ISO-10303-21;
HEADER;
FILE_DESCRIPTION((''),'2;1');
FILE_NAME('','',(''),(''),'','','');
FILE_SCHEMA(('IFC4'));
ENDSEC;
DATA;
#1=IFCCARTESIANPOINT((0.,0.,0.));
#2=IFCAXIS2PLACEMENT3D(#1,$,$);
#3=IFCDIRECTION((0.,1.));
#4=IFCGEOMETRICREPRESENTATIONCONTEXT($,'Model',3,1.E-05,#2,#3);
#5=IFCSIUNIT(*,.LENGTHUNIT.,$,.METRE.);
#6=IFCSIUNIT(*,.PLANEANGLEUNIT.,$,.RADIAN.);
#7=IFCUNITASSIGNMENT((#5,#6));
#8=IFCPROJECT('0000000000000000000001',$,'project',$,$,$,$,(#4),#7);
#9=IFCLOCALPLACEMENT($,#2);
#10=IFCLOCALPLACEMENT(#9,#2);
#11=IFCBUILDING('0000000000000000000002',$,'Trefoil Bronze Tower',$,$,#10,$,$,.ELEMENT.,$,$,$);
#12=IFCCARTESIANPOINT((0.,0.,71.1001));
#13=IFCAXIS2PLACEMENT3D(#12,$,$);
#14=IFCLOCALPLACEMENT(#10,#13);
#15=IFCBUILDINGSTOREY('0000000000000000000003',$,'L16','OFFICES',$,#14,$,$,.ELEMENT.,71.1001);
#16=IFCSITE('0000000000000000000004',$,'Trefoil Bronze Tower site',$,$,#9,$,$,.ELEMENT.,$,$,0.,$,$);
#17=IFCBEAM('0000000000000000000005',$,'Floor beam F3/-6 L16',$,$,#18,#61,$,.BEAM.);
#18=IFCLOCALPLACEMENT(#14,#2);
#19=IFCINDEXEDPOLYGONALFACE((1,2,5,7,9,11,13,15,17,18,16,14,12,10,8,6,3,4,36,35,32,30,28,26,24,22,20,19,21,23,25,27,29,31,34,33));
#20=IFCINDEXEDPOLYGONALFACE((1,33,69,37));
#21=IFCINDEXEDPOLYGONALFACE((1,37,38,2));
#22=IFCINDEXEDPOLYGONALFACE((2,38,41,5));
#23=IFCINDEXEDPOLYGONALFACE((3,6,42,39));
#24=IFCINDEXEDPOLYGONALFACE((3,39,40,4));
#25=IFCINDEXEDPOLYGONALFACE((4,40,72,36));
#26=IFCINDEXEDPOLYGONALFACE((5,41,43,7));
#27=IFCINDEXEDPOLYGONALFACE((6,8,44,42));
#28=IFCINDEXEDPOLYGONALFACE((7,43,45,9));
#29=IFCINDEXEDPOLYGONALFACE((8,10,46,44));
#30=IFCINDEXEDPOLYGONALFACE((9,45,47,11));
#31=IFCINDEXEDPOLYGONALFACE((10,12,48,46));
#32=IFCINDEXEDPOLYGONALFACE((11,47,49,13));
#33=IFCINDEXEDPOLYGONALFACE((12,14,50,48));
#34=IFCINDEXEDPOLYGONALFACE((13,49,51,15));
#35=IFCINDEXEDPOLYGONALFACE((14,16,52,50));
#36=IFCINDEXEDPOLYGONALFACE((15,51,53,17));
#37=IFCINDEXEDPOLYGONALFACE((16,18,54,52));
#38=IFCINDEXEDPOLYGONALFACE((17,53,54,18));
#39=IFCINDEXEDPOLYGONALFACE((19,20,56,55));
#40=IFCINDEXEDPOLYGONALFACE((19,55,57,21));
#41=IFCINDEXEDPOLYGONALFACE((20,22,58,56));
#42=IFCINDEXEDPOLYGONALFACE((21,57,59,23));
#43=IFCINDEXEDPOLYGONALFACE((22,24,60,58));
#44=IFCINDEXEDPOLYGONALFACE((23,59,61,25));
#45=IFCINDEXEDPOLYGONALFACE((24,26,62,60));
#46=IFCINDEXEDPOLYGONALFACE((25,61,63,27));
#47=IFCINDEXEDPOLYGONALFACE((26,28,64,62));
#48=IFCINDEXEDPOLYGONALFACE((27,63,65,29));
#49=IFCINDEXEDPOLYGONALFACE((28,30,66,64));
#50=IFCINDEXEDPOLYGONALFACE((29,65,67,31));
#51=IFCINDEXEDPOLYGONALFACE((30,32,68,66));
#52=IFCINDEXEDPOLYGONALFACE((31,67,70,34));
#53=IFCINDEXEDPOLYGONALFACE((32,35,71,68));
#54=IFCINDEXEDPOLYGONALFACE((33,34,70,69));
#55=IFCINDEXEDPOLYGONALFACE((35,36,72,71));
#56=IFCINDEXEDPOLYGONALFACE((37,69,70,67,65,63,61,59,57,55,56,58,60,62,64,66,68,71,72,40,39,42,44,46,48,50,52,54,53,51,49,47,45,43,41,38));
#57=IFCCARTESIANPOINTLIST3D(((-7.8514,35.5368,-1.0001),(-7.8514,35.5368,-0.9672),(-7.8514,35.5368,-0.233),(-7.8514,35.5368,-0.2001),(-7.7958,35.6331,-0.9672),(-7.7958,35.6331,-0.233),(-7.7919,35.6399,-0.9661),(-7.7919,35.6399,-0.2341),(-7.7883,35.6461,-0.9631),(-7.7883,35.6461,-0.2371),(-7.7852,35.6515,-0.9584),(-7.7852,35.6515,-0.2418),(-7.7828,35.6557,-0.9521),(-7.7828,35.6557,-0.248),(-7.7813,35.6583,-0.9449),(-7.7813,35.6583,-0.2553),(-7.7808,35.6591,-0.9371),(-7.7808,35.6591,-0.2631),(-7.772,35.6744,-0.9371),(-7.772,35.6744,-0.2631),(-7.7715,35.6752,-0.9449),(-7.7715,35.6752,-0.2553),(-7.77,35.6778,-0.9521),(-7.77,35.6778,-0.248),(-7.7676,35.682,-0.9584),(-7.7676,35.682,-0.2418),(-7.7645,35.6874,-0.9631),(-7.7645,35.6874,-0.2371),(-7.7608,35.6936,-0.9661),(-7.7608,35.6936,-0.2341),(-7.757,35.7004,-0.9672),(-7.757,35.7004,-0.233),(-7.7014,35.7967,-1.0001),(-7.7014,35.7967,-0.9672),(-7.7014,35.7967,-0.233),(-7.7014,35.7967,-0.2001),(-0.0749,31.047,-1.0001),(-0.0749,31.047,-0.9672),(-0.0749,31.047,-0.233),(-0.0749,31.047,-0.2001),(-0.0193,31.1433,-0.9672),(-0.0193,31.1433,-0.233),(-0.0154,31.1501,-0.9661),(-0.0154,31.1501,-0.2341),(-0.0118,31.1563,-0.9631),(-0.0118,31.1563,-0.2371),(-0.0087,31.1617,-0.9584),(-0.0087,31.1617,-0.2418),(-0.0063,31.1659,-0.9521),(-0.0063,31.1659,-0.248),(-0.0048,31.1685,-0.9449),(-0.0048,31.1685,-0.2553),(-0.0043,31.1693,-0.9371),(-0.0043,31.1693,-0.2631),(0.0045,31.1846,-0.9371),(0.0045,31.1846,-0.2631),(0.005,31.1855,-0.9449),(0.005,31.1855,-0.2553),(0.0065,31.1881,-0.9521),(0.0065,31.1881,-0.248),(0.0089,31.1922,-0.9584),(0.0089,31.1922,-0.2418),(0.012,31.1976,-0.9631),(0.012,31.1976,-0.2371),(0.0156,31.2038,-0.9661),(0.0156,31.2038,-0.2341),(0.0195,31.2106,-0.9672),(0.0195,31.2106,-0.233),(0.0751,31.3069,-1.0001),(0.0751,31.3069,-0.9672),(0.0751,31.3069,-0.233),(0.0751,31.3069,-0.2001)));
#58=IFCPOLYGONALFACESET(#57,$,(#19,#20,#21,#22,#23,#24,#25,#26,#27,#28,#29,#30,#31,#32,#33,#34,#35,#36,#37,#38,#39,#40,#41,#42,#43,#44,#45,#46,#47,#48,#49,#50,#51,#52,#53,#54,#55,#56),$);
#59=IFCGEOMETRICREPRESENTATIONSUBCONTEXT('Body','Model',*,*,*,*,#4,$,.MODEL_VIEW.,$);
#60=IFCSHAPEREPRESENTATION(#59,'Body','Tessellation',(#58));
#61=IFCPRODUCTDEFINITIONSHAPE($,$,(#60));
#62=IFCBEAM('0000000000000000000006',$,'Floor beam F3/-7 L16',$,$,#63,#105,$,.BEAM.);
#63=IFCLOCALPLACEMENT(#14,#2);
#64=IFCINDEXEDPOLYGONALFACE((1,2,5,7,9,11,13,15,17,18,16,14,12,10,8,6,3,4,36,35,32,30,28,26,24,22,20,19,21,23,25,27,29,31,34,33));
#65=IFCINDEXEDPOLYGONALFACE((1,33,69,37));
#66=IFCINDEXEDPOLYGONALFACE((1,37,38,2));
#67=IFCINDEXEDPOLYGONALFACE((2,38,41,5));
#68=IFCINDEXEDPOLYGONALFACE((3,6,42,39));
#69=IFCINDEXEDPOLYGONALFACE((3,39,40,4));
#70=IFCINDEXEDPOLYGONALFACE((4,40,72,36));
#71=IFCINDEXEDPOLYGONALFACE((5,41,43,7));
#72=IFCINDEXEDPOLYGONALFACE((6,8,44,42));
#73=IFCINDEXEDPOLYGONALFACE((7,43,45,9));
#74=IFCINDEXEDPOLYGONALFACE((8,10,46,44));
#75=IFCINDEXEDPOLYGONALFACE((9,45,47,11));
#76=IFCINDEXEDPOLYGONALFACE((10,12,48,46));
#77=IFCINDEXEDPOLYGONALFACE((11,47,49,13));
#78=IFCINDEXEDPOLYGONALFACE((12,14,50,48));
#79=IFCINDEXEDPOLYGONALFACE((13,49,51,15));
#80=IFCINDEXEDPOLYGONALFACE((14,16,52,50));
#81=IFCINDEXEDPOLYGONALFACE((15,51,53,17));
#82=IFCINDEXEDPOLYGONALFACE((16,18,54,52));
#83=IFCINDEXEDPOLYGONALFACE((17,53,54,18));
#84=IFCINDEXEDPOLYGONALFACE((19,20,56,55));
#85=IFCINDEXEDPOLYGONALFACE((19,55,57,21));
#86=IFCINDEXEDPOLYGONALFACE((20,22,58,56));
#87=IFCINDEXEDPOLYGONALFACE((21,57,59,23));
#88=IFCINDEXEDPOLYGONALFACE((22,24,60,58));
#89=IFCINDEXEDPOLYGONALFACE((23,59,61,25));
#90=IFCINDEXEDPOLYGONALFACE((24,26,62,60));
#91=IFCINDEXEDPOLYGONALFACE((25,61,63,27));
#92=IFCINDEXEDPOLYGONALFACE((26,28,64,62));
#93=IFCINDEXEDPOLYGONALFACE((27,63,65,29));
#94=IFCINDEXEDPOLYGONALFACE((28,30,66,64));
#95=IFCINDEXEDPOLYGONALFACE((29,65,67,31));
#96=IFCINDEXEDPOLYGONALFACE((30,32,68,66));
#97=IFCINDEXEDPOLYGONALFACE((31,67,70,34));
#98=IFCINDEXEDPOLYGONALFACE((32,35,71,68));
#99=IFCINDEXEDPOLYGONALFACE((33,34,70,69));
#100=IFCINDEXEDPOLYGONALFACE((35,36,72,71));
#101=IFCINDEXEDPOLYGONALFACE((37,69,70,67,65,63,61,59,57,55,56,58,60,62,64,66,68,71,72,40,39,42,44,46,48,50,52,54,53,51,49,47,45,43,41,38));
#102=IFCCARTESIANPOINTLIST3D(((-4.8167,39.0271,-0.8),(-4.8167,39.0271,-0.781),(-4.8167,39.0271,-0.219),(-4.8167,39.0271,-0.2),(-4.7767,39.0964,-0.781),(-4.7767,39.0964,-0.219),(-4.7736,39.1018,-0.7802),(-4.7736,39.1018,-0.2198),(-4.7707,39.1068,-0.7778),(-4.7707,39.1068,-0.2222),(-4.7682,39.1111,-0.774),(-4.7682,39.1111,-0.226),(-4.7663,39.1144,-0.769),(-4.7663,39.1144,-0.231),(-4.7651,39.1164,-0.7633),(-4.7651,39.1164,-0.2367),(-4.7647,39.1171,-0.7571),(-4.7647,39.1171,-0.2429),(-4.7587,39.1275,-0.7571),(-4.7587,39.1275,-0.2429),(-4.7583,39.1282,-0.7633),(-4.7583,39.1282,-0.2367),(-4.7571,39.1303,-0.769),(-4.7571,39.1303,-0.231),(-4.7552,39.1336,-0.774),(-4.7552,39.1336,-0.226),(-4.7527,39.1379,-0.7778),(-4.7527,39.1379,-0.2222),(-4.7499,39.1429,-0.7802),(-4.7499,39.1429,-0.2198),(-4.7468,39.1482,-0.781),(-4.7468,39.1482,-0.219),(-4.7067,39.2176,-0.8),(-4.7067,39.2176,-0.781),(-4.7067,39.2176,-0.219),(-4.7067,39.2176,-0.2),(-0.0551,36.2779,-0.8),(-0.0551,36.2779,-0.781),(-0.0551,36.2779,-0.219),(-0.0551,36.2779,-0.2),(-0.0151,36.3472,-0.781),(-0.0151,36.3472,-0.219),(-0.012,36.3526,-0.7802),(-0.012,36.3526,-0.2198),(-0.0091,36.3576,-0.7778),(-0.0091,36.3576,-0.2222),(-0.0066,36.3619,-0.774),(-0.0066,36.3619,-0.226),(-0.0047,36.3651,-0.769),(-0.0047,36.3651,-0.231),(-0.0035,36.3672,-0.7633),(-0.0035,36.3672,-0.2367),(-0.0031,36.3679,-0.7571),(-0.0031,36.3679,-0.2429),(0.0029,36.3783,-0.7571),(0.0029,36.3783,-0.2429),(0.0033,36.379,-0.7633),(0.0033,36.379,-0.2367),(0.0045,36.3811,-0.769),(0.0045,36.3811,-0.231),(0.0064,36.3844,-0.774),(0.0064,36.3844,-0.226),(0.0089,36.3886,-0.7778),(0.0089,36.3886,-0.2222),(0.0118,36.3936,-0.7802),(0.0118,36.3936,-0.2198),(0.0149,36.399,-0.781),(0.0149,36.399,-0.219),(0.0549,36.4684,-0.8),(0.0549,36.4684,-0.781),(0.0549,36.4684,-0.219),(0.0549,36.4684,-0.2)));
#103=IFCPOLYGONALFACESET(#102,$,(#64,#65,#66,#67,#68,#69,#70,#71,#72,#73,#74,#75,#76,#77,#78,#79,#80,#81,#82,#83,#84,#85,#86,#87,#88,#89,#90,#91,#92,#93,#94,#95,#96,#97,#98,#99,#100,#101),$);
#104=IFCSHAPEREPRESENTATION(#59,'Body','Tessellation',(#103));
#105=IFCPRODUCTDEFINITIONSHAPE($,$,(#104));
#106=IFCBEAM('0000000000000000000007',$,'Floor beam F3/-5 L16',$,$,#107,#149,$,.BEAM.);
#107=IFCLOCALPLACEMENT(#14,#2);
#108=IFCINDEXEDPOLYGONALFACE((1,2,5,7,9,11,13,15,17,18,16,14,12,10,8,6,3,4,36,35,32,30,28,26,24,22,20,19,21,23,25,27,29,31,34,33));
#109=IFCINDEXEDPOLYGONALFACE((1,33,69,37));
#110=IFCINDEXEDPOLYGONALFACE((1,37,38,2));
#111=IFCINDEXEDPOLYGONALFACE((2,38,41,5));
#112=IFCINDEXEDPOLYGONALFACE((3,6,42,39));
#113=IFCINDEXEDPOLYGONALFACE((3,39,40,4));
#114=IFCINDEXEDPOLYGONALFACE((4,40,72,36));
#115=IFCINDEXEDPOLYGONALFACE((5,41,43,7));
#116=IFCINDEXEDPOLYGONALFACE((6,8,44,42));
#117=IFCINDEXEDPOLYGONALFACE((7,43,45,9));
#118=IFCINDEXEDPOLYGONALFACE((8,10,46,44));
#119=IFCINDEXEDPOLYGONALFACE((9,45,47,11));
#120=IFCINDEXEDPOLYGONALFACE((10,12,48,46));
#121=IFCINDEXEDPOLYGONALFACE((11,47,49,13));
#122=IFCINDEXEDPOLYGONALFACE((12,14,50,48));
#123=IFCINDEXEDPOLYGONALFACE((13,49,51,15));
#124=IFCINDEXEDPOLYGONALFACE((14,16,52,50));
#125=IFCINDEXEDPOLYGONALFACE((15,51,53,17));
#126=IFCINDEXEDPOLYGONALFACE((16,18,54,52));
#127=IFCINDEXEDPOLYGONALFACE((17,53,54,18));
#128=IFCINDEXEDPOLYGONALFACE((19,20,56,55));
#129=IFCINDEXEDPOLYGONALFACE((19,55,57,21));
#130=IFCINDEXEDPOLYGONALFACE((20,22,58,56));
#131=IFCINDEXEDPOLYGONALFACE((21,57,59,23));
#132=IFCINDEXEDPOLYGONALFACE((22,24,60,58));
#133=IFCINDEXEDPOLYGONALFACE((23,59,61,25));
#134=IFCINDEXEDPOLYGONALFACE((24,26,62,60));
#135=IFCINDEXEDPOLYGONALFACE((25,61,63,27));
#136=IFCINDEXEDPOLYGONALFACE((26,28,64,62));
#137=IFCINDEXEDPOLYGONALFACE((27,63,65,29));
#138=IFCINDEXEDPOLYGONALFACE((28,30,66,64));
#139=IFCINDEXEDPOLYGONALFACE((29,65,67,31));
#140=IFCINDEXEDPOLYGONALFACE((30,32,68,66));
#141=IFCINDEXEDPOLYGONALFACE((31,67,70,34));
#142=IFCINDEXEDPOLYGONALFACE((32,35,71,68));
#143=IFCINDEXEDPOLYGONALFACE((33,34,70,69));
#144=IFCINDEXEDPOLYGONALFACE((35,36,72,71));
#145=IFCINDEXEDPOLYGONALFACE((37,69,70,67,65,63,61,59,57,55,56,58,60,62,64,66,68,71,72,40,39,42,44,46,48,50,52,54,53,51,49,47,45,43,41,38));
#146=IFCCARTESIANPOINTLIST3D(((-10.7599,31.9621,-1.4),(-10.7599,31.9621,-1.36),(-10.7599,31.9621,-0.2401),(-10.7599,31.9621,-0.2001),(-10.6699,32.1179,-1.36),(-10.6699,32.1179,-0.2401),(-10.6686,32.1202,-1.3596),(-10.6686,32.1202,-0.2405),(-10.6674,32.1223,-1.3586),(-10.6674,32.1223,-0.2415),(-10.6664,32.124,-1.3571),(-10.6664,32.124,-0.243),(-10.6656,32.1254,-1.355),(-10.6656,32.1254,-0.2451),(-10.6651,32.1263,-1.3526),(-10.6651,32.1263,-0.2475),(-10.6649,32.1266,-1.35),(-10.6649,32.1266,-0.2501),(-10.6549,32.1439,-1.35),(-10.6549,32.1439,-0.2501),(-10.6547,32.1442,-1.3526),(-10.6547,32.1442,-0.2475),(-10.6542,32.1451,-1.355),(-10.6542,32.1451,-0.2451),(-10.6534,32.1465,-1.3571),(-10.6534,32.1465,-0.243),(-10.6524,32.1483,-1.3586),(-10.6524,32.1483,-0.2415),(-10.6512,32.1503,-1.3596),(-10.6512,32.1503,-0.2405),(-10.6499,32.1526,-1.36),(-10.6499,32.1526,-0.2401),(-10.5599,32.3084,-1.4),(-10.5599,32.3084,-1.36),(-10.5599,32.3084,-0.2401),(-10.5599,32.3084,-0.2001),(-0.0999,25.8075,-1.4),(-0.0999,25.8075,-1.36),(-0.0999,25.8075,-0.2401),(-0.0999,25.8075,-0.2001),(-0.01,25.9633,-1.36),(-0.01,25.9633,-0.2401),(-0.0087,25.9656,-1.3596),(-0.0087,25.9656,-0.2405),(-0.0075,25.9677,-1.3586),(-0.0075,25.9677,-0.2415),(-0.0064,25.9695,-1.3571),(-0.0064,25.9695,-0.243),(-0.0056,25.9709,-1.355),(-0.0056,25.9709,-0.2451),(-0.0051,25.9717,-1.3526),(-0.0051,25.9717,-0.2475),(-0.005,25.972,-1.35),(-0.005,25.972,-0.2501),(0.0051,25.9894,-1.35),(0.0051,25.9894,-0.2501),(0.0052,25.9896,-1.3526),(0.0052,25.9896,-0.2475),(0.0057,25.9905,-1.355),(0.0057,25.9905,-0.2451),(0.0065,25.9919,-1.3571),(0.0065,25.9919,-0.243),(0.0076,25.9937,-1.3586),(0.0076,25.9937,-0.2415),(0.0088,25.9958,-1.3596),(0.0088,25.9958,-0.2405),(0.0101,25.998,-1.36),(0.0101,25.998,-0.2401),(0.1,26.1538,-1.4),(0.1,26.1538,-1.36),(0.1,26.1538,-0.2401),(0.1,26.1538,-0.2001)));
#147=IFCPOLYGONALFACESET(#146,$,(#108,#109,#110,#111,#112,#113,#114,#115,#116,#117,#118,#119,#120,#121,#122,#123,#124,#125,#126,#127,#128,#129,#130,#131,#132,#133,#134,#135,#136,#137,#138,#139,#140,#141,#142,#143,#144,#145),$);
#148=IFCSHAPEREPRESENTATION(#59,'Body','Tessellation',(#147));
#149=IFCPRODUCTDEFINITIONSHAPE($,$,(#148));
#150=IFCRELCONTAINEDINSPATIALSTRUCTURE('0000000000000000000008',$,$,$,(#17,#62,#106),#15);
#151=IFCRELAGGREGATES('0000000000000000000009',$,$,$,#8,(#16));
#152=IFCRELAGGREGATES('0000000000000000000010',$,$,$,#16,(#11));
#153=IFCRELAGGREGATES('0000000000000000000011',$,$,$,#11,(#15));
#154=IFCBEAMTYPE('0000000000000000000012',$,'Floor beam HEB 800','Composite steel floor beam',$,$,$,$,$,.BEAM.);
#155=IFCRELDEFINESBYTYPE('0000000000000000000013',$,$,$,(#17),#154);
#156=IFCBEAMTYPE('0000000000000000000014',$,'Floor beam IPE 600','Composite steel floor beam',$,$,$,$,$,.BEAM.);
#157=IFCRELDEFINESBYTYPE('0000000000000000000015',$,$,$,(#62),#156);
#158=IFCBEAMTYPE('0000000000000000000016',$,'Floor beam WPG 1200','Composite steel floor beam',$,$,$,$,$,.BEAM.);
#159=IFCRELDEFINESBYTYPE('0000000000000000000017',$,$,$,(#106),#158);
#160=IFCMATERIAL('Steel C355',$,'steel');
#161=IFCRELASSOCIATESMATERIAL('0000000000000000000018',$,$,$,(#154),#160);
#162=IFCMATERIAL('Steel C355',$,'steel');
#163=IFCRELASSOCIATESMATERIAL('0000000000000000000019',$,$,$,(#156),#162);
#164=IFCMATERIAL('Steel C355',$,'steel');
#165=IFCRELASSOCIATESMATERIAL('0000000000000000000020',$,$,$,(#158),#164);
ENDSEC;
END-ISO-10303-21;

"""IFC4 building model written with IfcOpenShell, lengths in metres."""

from ifc_helpers import new_model, si_unit, direction, frame, origin, origin_2d, place, context, subcontext, project, spatial, i_section, extrude, material, material_profile, profile_set, type_object, element, save


model = new_model("IFC4")

# Units and contexts
model_context = context("Model", 3, precision=1e-05, world=origin(), true_north=direction((0.0, 1.0)))
body_context = subcontext(model_context, "Body", "Model", "MODEL_VIEW")
ifc_project = project(units=[si_unit("LENGTHUNIT", "METRE"), si_unit("PLANEANGLEUNIT", "RADIAN")], contexts=[model_context])

# Site, building, storey
site_placement = place(None, origin())
site = spatial("IfcSite", under=ifc_project, at=site_placement, Name="Trefoil Bronze Tower site", CompositionType="ELEMENT", RefElevation=0.0)
building_placement = place(site_placement, origin())
building = spatial("IfcBuilding", under=site, at=building_placement, Name="Trefoil Bronze Tower", CompositionType="ELEMENT")
storey_placement = place(building_placement, frame((0.0, 0.0, 71.1001)))
storey = spatial("IfcBuildingStorey", under=building, at=storey_placement, Name="L16", Description="OFFICES", CompositionType="ELEMENT", Elevation=71.1001)

# Beams
ifc_material_1 = material(Name="Steel C355", Category="steel")
ifc_material_profile_1 = material_profile(ifc_material_1, i_section(OverallWidth=0.3, OverallDepth=0.8, WebThickness=0.0176, FlangeThickness=0.033, FilletRadius=0.03, at=origin_2d()), Name="HEB 800")
ifc_profile_set_1 = profile_set([ifc_material_profile_1], Name="Steel C355")
beam_type_1 = type_object("IfcBeamType", Name="Floor beam HEB 800", Description="Composite steel floor beam", PredefinedType="BEAM", material=ifc_profile_set_1)
beam_1_placement = place(storey_placement, frame((-7.7764, 35.6667, -0.6001), z_axis=(0.866023, -0.500005, 0.0), x_axis=(0.500005, 0.866023, 0.0)))
element("IfcBeam", 1, at=beam_1_placement, inside=storey, type_object=beam_type_1, Name="Floor beam F3/-6 L16", PredefinedType="BEAM", context=body_context, shape_type="SweptSolid", body=[
    extrude(i_section(OverallWidth=0.3, OverallDepth=0.8, WebThickness=0.0176, FlangeThickness=0.033, FilletRadius=0.03, at=origin_2d()), origin(), (0.0, 0.0, 1.0), 8.9795),
])
ifc_material_2 = material(Name="Steel C355", Category="steel")
ifc_material_profile_2 = material_profile(ifc_material_2, i_section(OverallWidth=0.22, OverallDepth=0.6001, WebThickness=0.012, FlangeThickness=0.019, FilletRadius=0.0239, at=origin_2d()), Name="IPE 600")
ifc_profile_set_2 = profile_set([ifc_material_profile_2], Name="Steel C355")
beam_type_2 = type_object("IfcBeamType", Name="Floor beam IPE 600", Description="Composite steel floor beam", PredefinedType="BEAM", material=ifc_profile_set_2)
beam_2_placement = place(storey_placement, frame((-4.7617, 39.1223, -0.5), z_axis=(0.866018, -0.500012, 0.0), x_axis=(0.500012, 0.866018, 0.0)))
element("IfcBeam", 2, at=beam_2_placement, inside=storey, type_object=beam_type_2, Name="Floor beam F3/-7 L16", PredefinedType="BEAM", context=body_context, shape_type="SweptSolid", body=[
    extrude(i_section(OverallWidth=0.22, OverallDepth=0.6001, WebThickness=0.012, FlangeThickness=0.019, FilletRadius=0.0239, at=origin_2d()), origin(), (0.0, 0.0, 1.0), 5.4983),
])
ifc_material_3 = material(Name="Steel C355", Category="steel")
ifc_material_profile_3 = material_profile(ifc_material_3, i_section(OverallWidth=0.3999, OverallDepth=1.2, WebThickness=0.02, FlangeThickness=0.04, FilletRadius=0.01, at=origin_2d()), Name="WPG 1200")
ifc_profile_set_3 = profile_set([ifc_material_profile_3], Name="Steel C355")
beam_type_3 = type_object("IfcBeamType", Name="Floor beam WPG 1200", Description="Composite steel floor beam", PredefinedType="BEAM", material=ifc_profile_set_3)
beam_3_placement = place(storey_placement, frame((-10.6599, 32.1353, -0.8), z_axis=(0.866024, -0.500002, 0.0), x_axis=(0.500002, 0.866024, 0.0)))
element("IfcBeam", 3, at=beam_3_placement, inside=storey, type_object=beam_type_3, Name="Floor beam F3/-5 L16", PredefinedType="BEAM", context=body_context, shape_type="SweptSolid", body=[
    extrude(i_section(OverallWidth=0.3999, OverallDepth=1.2, WebThickness=0.02, FlangeThickness=0.04, FilletRadius=0.01, at=origin_2d()), origin(), (0.0, 0.0, 1.0), 12.3091),
])

save(model, "model.ifc")
